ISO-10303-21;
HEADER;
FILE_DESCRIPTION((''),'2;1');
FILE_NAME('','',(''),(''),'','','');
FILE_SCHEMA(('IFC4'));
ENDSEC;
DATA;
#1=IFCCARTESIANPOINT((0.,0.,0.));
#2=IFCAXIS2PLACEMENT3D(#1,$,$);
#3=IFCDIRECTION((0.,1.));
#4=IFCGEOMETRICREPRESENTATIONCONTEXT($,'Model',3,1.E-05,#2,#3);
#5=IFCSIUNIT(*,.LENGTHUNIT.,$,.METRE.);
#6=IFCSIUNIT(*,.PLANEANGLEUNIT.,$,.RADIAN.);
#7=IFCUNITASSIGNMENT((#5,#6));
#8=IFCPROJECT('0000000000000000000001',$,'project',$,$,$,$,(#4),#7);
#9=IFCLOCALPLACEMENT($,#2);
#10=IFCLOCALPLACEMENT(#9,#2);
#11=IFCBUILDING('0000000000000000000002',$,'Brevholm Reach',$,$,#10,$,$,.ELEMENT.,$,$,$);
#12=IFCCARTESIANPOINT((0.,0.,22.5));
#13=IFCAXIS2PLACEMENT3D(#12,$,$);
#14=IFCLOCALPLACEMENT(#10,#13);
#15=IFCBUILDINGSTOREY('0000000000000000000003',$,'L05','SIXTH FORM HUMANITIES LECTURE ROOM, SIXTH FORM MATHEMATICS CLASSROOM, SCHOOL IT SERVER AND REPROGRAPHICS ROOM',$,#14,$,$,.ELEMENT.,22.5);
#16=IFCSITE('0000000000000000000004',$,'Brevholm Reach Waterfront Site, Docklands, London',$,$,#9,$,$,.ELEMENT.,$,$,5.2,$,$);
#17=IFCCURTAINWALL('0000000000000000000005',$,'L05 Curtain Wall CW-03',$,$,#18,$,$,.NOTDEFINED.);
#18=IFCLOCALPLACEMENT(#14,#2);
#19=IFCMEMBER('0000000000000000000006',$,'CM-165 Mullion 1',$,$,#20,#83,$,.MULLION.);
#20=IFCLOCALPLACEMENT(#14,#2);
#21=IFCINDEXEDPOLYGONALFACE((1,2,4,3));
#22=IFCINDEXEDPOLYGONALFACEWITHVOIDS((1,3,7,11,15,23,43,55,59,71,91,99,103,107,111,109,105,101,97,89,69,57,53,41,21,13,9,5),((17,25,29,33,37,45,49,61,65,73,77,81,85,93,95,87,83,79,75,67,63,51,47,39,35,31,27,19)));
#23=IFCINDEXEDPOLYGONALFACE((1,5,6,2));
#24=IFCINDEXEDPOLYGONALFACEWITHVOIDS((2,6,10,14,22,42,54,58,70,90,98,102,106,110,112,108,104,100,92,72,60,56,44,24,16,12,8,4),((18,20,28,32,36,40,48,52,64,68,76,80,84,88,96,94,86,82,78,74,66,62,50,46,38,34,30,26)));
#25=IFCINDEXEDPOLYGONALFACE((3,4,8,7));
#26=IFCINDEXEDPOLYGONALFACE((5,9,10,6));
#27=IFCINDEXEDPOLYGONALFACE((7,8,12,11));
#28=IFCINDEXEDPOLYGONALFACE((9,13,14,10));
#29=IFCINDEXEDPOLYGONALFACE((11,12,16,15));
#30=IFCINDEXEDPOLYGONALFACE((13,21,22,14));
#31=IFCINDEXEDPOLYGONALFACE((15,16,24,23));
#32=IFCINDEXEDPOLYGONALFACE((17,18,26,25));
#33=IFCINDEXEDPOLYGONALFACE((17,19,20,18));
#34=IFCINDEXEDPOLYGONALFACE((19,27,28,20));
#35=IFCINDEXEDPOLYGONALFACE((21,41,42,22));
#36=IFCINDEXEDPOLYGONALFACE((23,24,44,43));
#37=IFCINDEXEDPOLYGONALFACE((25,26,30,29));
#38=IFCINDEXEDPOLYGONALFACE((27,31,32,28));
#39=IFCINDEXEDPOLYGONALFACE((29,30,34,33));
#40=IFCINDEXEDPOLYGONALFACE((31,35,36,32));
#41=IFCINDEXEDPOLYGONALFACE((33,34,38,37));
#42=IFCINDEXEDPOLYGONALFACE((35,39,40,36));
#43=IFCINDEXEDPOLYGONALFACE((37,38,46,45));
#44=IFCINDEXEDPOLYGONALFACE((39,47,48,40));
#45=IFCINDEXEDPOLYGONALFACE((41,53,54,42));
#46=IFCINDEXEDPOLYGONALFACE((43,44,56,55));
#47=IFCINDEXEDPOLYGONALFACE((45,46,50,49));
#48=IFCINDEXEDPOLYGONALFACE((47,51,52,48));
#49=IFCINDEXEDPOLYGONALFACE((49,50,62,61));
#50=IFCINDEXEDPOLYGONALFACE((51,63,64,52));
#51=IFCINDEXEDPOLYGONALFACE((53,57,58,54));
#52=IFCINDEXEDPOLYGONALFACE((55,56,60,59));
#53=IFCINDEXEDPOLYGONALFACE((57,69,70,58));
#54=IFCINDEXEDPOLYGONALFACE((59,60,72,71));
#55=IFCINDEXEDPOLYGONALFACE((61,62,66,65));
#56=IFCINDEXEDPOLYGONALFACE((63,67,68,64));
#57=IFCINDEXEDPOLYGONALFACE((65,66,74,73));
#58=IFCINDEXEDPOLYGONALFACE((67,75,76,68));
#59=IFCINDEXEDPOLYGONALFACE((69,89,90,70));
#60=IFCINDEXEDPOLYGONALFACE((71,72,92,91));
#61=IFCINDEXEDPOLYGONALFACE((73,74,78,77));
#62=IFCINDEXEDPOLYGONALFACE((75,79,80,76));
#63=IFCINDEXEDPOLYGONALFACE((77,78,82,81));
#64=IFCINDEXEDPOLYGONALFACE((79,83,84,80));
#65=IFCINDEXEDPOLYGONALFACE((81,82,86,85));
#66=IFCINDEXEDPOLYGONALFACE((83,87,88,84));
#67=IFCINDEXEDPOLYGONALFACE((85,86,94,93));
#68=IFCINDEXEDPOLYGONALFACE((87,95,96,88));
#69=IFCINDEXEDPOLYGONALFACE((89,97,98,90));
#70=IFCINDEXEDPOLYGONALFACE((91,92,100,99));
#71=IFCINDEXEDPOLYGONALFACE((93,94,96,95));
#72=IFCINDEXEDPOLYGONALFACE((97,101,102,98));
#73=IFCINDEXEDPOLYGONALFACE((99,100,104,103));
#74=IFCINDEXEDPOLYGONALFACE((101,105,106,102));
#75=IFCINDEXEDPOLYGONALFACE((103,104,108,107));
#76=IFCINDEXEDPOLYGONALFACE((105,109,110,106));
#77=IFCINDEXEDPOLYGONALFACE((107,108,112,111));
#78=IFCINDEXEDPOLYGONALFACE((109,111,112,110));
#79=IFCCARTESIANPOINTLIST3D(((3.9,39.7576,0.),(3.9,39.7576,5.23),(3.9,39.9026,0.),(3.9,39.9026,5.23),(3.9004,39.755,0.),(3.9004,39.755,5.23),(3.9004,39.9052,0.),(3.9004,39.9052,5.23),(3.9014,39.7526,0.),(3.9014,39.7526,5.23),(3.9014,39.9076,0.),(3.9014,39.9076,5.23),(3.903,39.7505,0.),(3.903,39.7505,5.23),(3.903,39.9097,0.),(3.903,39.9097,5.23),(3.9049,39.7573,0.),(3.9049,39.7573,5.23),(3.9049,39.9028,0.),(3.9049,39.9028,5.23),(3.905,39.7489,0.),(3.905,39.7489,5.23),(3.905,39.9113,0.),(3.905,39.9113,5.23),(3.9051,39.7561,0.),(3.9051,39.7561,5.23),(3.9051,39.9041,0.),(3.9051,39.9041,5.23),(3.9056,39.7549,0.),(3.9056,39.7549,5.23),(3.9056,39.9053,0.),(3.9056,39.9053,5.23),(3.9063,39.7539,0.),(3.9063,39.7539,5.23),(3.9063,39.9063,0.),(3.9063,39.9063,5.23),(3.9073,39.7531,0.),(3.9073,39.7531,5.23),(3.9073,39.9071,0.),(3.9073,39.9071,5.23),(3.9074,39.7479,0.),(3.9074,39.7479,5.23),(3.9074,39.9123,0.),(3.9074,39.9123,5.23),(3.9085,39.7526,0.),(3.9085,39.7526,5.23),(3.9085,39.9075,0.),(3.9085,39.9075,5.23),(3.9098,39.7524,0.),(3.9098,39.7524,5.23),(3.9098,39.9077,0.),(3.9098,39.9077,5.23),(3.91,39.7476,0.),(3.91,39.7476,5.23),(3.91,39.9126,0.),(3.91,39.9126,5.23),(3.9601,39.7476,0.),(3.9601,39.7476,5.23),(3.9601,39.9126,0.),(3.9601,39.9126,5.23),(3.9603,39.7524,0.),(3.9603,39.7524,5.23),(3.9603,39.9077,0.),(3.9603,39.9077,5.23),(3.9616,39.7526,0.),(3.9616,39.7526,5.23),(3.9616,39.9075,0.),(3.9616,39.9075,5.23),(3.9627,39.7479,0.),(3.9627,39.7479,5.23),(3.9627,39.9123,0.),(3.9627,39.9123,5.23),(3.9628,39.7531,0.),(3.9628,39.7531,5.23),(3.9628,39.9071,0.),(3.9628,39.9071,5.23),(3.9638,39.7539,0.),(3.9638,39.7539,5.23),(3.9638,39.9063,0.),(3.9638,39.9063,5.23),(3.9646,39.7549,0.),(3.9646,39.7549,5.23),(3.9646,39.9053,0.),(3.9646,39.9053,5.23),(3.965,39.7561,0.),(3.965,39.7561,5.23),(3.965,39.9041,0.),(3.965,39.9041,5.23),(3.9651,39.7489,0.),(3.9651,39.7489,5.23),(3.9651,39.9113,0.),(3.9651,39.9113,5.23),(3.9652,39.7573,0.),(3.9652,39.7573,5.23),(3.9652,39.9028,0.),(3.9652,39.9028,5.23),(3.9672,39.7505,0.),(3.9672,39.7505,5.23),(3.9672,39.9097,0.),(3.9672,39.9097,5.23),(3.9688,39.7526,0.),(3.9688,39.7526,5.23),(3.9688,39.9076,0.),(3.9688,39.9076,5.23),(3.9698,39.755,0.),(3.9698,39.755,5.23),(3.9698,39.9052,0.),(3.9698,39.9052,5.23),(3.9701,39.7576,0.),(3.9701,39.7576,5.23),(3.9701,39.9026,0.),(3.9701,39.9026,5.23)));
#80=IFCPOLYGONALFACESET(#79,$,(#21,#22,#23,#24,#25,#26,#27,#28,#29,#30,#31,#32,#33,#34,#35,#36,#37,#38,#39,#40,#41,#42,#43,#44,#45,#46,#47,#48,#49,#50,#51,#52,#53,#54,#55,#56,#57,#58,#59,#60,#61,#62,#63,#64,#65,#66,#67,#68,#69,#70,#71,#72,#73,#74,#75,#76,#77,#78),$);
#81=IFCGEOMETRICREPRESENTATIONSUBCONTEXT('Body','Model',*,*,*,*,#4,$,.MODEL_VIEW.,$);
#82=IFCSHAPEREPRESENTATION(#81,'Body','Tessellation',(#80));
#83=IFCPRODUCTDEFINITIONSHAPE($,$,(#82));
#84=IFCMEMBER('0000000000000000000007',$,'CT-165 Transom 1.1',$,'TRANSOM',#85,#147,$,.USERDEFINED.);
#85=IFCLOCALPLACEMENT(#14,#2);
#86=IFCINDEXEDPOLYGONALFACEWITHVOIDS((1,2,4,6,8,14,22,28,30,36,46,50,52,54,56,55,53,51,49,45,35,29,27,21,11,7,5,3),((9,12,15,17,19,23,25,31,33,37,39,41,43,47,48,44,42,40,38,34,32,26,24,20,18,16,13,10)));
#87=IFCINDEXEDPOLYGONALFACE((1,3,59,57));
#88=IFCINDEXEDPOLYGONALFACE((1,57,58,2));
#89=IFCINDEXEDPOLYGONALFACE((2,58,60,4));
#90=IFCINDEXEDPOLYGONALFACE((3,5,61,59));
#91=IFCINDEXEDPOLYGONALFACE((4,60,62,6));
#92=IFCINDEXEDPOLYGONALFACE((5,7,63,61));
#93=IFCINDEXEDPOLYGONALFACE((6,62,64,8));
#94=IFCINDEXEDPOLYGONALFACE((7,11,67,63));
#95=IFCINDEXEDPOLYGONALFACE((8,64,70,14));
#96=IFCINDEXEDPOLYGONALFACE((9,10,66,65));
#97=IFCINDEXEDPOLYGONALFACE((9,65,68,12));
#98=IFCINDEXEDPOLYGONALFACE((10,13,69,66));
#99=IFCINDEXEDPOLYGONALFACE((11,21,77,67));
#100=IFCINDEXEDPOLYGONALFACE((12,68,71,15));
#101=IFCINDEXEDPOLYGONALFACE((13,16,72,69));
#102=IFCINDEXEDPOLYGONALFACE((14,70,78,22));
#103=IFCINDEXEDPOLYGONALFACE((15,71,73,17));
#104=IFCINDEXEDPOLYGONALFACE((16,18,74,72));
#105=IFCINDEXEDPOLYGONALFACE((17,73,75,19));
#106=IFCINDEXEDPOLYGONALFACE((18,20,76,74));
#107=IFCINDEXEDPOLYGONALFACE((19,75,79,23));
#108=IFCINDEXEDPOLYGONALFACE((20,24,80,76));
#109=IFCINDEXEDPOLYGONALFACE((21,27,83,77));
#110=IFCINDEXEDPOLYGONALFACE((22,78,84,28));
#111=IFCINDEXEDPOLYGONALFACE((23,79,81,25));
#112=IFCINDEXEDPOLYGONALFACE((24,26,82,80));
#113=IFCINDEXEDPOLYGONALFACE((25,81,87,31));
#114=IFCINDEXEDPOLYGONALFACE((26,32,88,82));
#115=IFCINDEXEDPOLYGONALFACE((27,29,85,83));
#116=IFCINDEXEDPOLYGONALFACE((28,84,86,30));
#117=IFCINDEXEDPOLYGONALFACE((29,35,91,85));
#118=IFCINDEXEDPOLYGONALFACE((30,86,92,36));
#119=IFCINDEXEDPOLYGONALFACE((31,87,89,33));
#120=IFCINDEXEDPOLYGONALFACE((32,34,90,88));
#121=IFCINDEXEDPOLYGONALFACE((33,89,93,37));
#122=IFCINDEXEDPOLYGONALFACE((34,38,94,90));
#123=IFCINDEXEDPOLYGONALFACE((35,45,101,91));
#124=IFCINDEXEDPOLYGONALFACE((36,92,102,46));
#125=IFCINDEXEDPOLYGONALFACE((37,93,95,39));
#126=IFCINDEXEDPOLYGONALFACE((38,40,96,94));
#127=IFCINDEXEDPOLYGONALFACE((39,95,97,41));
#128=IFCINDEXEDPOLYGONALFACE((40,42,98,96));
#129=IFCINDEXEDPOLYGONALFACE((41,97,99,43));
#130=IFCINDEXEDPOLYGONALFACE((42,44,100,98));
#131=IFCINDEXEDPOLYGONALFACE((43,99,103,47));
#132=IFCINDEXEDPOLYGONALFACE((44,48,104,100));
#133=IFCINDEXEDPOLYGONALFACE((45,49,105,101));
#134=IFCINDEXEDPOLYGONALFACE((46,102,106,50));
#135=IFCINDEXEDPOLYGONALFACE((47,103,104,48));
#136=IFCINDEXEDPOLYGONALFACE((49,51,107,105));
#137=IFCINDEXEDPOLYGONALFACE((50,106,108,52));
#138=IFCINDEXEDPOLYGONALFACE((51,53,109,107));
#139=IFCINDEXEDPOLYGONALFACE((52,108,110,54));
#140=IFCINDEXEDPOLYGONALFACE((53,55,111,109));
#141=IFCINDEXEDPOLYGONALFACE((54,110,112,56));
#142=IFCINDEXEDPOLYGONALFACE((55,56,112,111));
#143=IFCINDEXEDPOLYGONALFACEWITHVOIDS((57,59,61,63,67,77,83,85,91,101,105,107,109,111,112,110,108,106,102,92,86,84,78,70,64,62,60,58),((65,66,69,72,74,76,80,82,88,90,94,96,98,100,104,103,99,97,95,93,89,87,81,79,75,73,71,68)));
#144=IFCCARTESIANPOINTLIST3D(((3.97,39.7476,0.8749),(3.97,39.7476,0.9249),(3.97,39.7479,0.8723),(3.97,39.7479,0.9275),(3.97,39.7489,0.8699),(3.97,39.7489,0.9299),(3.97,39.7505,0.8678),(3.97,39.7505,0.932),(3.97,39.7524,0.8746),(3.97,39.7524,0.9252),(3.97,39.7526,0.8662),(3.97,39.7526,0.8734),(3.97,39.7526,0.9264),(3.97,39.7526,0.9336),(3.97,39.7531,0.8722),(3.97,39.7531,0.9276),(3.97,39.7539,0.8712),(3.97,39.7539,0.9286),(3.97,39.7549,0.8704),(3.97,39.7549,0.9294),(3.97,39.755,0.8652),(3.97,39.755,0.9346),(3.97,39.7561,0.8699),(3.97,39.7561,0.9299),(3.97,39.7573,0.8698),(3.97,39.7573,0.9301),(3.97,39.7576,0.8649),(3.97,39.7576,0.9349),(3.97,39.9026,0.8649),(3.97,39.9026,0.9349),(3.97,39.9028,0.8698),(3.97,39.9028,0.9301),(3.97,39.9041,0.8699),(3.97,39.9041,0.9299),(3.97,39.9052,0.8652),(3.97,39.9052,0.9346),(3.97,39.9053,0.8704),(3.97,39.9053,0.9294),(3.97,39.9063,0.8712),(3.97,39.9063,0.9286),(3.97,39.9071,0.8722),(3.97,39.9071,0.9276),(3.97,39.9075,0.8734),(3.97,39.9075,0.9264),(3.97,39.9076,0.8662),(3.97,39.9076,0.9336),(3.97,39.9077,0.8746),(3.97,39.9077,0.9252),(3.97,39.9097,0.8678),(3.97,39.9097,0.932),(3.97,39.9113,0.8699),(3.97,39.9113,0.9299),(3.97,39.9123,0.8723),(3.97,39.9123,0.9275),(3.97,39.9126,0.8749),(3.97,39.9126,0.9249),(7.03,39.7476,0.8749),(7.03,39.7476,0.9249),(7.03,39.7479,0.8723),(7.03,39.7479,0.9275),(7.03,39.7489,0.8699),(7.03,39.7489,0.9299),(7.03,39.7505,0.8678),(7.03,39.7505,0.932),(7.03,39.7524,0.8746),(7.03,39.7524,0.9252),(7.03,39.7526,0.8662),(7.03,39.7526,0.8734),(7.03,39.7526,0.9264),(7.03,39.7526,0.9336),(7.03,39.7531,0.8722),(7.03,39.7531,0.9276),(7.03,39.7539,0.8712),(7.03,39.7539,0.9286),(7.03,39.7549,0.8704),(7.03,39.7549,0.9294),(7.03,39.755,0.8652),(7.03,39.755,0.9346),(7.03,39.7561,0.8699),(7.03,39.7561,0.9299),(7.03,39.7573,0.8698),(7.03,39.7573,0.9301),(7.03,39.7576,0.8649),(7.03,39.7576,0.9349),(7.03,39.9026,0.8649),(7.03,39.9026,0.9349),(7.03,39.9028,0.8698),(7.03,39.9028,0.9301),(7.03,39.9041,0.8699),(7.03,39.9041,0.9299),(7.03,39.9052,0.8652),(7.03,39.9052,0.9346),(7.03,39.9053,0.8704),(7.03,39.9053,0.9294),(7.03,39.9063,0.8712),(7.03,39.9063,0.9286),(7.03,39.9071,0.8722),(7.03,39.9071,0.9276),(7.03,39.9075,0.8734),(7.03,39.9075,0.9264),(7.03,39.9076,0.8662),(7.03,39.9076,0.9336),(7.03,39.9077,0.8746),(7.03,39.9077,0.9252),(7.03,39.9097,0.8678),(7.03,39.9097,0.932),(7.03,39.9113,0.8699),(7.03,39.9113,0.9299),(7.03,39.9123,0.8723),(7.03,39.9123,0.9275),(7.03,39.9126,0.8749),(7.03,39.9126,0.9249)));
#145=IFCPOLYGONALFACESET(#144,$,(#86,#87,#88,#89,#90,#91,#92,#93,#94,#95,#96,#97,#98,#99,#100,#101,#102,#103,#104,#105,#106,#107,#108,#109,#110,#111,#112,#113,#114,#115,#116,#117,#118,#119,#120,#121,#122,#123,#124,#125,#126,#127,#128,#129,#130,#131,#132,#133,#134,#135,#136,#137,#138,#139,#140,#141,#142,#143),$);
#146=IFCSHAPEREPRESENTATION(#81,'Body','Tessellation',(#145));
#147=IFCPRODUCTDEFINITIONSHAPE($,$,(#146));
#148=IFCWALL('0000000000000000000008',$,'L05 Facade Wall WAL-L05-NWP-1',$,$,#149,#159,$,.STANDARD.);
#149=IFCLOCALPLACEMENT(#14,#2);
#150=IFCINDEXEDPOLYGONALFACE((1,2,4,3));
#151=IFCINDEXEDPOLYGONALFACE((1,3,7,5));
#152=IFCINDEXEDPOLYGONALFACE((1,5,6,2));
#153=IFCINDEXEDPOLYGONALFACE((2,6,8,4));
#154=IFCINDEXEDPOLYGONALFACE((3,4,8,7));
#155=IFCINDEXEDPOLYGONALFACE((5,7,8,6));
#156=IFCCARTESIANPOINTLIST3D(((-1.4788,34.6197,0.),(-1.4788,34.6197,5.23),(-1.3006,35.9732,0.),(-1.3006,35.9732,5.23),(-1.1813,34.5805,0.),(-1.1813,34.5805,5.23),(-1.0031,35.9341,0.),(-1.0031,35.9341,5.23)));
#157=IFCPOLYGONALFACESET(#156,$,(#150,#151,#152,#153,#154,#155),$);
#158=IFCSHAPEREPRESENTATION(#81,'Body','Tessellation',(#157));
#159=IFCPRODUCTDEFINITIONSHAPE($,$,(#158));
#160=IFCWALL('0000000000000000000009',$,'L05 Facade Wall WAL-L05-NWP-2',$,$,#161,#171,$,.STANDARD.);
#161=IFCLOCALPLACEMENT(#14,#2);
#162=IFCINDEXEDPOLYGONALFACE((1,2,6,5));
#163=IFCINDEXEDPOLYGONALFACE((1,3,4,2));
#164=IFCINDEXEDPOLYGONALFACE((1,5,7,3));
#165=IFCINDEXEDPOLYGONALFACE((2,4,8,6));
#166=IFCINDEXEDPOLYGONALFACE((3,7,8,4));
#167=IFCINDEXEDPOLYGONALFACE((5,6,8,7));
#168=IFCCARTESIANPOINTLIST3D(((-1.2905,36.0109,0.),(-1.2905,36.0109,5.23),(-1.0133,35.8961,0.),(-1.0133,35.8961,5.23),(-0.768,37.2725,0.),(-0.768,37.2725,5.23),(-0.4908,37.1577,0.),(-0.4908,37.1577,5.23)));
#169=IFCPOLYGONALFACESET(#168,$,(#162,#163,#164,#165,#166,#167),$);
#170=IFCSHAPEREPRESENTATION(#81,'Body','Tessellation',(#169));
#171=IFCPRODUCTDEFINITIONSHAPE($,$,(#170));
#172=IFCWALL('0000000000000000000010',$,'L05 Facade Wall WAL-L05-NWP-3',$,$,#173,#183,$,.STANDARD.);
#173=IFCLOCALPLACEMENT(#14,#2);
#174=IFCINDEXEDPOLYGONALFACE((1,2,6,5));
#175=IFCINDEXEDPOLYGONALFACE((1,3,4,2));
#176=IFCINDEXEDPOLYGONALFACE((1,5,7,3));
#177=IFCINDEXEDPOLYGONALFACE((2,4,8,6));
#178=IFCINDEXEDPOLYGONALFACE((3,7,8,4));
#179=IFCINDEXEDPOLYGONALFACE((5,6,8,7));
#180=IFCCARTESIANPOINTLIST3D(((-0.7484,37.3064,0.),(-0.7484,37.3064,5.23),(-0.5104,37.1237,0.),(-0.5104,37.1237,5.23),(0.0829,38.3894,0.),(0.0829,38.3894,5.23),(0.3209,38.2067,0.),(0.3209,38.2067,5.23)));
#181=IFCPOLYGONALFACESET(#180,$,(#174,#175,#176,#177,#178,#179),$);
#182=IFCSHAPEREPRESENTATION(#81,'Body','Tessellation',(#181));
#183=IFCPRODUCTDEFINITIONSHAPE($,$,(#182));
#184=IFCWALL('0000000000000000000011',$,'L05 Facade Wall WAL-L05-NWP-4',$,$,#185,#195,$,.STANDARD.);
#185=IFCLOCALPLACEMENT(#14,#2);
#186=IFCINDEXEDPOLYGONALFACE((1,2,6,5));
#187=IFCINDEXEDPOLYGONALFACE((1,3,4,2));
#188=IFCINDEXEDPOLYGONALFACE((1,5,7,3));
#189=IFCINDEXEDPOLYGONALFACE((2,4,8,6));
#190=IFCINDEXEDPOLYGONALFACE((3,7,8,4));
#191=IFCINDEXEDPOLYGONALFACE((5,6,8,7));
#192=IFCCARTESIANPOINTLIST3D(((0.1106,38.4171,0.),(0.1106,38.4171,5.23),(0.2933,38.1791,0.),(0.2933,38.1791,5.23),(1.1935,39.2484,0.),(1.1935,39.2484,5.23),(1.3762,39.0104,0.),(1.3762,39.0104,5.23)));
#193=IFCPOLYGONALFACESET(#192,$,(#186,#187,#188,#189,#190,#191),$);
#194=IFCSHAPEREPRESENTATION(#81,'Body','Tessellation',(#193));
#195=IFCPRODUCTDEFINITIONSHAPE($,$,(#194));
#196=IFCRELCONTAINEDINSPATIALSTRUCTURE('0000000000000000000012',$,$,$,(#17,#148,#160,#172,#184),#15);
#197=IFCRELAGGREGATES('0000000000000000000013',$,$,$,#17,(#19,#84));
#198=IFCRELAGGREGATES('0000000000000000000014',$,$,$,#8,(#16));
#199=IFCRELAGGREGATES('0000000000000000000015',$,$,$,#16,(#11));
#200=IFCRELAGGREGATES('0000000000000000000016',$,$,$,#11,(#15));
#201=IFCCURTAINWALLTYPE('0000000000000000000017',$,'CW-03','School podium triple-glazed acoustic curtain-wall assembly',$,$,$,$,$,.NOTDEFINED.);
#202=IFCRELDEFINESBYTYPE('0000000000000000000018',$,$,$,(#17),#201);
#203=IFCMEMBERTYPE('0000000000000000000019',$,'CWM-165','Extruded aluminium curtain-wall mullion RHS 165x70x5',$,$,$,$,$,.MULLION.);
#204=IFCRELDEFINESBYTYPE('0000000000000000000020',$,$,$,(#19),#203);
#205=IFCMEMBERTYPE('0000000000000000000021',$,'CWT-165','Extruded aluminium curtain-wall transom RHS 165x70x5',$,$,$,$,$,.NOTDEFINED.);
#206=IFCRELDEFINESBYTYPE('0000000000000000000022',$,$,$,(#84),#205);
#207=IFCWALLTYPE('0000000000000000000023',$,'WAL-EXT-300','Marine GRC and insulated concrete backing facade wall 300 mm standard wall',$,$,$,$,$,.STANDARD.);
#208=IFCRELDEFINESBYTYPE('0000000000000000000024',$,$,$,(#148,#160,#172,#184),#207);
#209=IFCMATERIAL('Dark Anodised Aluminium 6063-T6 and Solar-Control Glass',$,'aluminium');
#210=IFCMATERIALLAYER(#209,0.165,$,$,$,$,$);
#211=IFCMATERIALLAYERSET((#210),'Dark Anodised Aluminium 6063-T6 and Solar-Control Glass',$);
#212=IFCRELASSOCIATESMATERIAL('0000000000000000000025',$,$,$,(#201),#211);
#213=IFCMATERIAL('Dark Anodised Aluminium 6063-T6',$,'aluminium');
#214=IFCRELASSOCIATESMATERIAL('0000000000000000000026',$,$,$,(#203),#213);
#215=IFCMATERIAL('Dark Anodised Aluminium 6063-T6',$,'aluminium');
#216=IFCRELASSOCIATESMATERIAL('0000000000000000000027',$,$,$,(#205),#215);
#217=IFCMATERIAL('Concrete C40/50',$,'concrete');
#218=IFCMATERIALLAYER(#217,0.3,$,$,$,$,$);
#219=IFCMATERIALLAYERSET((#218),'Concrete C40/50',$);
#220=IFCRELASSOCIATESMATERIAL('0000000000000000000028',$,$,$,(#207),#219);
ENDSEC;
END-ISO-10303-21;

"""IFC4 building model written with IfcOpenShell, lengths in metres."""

from ifc_helpers import new_model, si_unit, direction, frame, frame_2d, origin, origin_2d, place, context, subcontext, project, spatial, rectangle, hollow_rectangle, extrude, material, layer, layer_set, material_profile, profile_set, type_object, element, aggregate, save


model = new_model("IFC4")

# Units and contexts
model_context = context("Model", 3, precision=1e-05, world=origin(), true_north=direction((0.0, 1.0)))
body_context = subcontext(model_context, "Body", "Model", "MODEL_VIEW")
ifc_project = project(units=[si_unit("LENGTHUNIT", "METRE"), si_unit("PLANEANGLEUNIT", "RADIAN")], contexts=[model_context])

# Site, building, storey
site_placement = place(None, origin())
site = spatial("IfcSite", under=ifc_project, at=site_placement, Name="Brevholm Reach Waterfront Site, Docklands, London", CompositionType="ELEMENT", RefElevation=5.2)
building_placement = place(site_placement, origin())
building = spatial("IfcBuilding", under=site, at=building_placement, Name="Brevholm Reach", CompositionType="ELEMENT")
storey_placement = place(building_placement, frame((0.0, 0.0, 22.5)))
storey = spatial("IfcBuildingStorey", under=building, at=storey_placement, Name="L05", Description="SIXTH FORM HUMANITIES LECTURE ROOM, SIXTH FORM MATHEMATICS CLASSROOM, SCHOOL IT SERVER AND REPROGRAPHICS ROOM", CompositionType="ELEMENT", Elevation=22.5)

# Curtain wall, members
ifc_material_1 = material(Name="Dark Anodised Aluminium 6063-T6 and Solar-Control Glass", Category="aluminium")
ifc_layer_1 = layer(ifc_material_1, 0.165)
ifc_layer_set_1 = layer_set([ifc_layer_1], Name="Dark Anodised Aluminium 6063-T6 and Solar-Control Glass")
curtain_wall_type = type_object("IfcCurtainWallType", Name="CW-03", Description="School podium triple-glazed acoustic curtain-wall assembly", PredefinedType="NOTDEFINED", material=ifc_layer_set_1)
curtain_wall_placement = place(storey_placement, origin())
curtain_wall = element("IfcCurtainWall", 1, at=curtain_wall_placement, inside=storey, type_object=curtain_wall_type, Name="L05 Curtain Wall CW-03", PredefinedType="NOTDEFINED")
ifc_material_2 = material(Name="Dark Anodised Aluminium 6063-T6", Category="aluminium")
ifc_material_profile_1 = material_profile(ifc_material_2, hollow_rectangle(XDim=0.0701, YDim=0.165, WallThickness=0.0049, InnerFilletRadius=0.0049, OuterFilletRadius=0.01, at=origin_2d()), Name="RHS 165x70x5")
ifc_profile_set_1 = profile_set([ifc_material_profile_1], Name="Dark Anodised Aluminium 6063-T6")
member_type_1 = type_object("IfcMemberType", Name="CWM-165", Description="Extruded aluminium curtain-wall mullion RHS 165x70x5", PredefinedType="MULLION", material=ifc_profile_set_1)
member_1_placement = place(storey_placement, frame((3.9351, 39.8301, 0.0), z_axis=(0.0, 0.0, 1.0), x_axis=(1.0, 0.0, 0.0)))
member_1 = element("IfcMember", 2, at=member_1_placement, type_object=member_type_1, Name="CM-165 Mullion 1", PredefinedType="MULLION", context=body_context, shape_type="SweptSolid", body=[
    extrude(hollow_rectangle(XDim=0.0701, YDim=0.165, WallThickness=0.0049, InnerFilletRadius=0.0049, OuterFilletRadius=0.01, at=origin_2d()), origin(), (0.0, 0.0, 1.0), 5.23),
])
ifc_material_3 = material(Name="Dark Anodised Aluminium 6063-T6", Category="aluminium")
ifc_material_profile_2 = material_profile(ifc_material_3, hollow_rectangle(XDim=0.0701, YDim=0.165, WallThickness=0.0049, InnerFilletRadius=0.0049, OuterFilletRadius=0.01, at=origin_2d()), Name="RHS 165x70x5")
ifc_profile_set_2 = profile_set([ifc_material_profile_2], Name="Dark Anodised Aluminium 6063-T6")
member_type_2 = type_object("IfcMemberType", Name="CWT-165", Description="Extruded aluminium curtain-wall transom RHS 165x70x5", PredefinedType="NOTDEFINED", material=ifc_profile_set_2)
member_2_placement = place(storey_placement, frame((3.97, 39.8301, 0.8999), z_axis=(1.0, 0.0, 0.0), x_axis=(0.0, 0.0, 1.0)))
member_2 = element("IfcMember", 3, at=member_2_placement, type_object=member_type_2, Name="CT-165 Transom 1.1", ObjectType="TRANSOM", PredefinedType="USERDEFINED", context=body_context, shape_type="SweptSolid", body=[
    extrude(hollow_rectangle(XDim=0.0701, YDim=0.165, WallThickness=0.0049, InnerFilletRadius=0.0049, OuterFilletRadius=0.01, at=origin_2d()), origin(), (0.0, 0.0, 1.0), 3.0601),
])
aggregate(curtain_wall, [member_1, member_2])

# Walls
ifc_material_4 = material(Name="Concrete C40/50", Category="concrete")
ifc_layer_2 = layer(ifc_material_4, 0.3)
ifc_layer_set_2 = layer_set([ifc_layer_2], Name="Concrete C40/50")
wall_type_1 = type_object("IfcWallType", Name="WAL-EXT-300", Description="Marine GRC and insulated concrete backing facade wall 300 mm standard wall", PredefinedType="STANDARD", material=ifc_layer_set_2)
wall_1_placement = place(storey_placement, frame((-1.3301, 34.6001, 0.0), z_axis=(0.0, 0.0, 1.0), x_axis=(0.130547, 0.991442, 0.0)))
element("IfcWall", 4, at=wall_1_placement, inside=storey, type_object=wall_type_1, Name="L05 Facade Wall WAL-L05-NWP-1", PredefinedType="STANDARD", context=body_context, shape_type="SweptSolid", body=[
    extrude(rectangle(XDim=1.3652, YDim=0.3, at=frame_2d((0.6826, 0.0))), origin(), (0.0, 0.0, 1.0), 5.23),
])
wall_2_placement = place(storey_placement, frame((-1.1519, 35.9536, 0.0), z_axis=(0.0, 0.0, 1.0), x_axis=(0.382647, 0.923895, 0.0)))
element("IfcWall", 5, at=wall_2_placement, inside=storey, type_object=wall_type_1, Name="L05 Facade Wall WAL-L05-NWP-2", PredefinedType="STANDARD", context=body_context, shape_type="SweptSolid", body=[
    extrude(rectangle(XDim=1.3655, YDim=0.3, at=frame_2d((0.6826, 0.0))), origin(), (0.0, 0.0, 1.0), 5.23),
])
for number, where, z_axis, x_axis, name in (
    (6, (-0.6294, 37.2151, 0.0), (0.0, 0.0, 1.0), (0.608889, 0.793255, 0.0), "L05 Facade Wall WAL-L05-NWP-3"),
    (7, (0.2019, 38.2981, 0.0), (0.0, 0.0, 1.0), (0.793255, 0.608889, 0.0), "L05 Facade Wall WAL-L05-NWP-4"),
):
    element("IfcWall", number, at=place(storey_placement, frame(where, z_axis=z_axis, x_axis=x_axis)), inside=storey, type_object=wall_type_1, Name=name, PredefinedType="STANDARD", context=body_context, shape_type="SweptSolid", body=[
        extrude(rectangle(XDim=1.3652, YDim=0.3, at=frame_2d((0.6826, 0.0))), origin(), (0.0, 0.0, 1.0), 5.23),
    ])

save(model, "model.ifc")
